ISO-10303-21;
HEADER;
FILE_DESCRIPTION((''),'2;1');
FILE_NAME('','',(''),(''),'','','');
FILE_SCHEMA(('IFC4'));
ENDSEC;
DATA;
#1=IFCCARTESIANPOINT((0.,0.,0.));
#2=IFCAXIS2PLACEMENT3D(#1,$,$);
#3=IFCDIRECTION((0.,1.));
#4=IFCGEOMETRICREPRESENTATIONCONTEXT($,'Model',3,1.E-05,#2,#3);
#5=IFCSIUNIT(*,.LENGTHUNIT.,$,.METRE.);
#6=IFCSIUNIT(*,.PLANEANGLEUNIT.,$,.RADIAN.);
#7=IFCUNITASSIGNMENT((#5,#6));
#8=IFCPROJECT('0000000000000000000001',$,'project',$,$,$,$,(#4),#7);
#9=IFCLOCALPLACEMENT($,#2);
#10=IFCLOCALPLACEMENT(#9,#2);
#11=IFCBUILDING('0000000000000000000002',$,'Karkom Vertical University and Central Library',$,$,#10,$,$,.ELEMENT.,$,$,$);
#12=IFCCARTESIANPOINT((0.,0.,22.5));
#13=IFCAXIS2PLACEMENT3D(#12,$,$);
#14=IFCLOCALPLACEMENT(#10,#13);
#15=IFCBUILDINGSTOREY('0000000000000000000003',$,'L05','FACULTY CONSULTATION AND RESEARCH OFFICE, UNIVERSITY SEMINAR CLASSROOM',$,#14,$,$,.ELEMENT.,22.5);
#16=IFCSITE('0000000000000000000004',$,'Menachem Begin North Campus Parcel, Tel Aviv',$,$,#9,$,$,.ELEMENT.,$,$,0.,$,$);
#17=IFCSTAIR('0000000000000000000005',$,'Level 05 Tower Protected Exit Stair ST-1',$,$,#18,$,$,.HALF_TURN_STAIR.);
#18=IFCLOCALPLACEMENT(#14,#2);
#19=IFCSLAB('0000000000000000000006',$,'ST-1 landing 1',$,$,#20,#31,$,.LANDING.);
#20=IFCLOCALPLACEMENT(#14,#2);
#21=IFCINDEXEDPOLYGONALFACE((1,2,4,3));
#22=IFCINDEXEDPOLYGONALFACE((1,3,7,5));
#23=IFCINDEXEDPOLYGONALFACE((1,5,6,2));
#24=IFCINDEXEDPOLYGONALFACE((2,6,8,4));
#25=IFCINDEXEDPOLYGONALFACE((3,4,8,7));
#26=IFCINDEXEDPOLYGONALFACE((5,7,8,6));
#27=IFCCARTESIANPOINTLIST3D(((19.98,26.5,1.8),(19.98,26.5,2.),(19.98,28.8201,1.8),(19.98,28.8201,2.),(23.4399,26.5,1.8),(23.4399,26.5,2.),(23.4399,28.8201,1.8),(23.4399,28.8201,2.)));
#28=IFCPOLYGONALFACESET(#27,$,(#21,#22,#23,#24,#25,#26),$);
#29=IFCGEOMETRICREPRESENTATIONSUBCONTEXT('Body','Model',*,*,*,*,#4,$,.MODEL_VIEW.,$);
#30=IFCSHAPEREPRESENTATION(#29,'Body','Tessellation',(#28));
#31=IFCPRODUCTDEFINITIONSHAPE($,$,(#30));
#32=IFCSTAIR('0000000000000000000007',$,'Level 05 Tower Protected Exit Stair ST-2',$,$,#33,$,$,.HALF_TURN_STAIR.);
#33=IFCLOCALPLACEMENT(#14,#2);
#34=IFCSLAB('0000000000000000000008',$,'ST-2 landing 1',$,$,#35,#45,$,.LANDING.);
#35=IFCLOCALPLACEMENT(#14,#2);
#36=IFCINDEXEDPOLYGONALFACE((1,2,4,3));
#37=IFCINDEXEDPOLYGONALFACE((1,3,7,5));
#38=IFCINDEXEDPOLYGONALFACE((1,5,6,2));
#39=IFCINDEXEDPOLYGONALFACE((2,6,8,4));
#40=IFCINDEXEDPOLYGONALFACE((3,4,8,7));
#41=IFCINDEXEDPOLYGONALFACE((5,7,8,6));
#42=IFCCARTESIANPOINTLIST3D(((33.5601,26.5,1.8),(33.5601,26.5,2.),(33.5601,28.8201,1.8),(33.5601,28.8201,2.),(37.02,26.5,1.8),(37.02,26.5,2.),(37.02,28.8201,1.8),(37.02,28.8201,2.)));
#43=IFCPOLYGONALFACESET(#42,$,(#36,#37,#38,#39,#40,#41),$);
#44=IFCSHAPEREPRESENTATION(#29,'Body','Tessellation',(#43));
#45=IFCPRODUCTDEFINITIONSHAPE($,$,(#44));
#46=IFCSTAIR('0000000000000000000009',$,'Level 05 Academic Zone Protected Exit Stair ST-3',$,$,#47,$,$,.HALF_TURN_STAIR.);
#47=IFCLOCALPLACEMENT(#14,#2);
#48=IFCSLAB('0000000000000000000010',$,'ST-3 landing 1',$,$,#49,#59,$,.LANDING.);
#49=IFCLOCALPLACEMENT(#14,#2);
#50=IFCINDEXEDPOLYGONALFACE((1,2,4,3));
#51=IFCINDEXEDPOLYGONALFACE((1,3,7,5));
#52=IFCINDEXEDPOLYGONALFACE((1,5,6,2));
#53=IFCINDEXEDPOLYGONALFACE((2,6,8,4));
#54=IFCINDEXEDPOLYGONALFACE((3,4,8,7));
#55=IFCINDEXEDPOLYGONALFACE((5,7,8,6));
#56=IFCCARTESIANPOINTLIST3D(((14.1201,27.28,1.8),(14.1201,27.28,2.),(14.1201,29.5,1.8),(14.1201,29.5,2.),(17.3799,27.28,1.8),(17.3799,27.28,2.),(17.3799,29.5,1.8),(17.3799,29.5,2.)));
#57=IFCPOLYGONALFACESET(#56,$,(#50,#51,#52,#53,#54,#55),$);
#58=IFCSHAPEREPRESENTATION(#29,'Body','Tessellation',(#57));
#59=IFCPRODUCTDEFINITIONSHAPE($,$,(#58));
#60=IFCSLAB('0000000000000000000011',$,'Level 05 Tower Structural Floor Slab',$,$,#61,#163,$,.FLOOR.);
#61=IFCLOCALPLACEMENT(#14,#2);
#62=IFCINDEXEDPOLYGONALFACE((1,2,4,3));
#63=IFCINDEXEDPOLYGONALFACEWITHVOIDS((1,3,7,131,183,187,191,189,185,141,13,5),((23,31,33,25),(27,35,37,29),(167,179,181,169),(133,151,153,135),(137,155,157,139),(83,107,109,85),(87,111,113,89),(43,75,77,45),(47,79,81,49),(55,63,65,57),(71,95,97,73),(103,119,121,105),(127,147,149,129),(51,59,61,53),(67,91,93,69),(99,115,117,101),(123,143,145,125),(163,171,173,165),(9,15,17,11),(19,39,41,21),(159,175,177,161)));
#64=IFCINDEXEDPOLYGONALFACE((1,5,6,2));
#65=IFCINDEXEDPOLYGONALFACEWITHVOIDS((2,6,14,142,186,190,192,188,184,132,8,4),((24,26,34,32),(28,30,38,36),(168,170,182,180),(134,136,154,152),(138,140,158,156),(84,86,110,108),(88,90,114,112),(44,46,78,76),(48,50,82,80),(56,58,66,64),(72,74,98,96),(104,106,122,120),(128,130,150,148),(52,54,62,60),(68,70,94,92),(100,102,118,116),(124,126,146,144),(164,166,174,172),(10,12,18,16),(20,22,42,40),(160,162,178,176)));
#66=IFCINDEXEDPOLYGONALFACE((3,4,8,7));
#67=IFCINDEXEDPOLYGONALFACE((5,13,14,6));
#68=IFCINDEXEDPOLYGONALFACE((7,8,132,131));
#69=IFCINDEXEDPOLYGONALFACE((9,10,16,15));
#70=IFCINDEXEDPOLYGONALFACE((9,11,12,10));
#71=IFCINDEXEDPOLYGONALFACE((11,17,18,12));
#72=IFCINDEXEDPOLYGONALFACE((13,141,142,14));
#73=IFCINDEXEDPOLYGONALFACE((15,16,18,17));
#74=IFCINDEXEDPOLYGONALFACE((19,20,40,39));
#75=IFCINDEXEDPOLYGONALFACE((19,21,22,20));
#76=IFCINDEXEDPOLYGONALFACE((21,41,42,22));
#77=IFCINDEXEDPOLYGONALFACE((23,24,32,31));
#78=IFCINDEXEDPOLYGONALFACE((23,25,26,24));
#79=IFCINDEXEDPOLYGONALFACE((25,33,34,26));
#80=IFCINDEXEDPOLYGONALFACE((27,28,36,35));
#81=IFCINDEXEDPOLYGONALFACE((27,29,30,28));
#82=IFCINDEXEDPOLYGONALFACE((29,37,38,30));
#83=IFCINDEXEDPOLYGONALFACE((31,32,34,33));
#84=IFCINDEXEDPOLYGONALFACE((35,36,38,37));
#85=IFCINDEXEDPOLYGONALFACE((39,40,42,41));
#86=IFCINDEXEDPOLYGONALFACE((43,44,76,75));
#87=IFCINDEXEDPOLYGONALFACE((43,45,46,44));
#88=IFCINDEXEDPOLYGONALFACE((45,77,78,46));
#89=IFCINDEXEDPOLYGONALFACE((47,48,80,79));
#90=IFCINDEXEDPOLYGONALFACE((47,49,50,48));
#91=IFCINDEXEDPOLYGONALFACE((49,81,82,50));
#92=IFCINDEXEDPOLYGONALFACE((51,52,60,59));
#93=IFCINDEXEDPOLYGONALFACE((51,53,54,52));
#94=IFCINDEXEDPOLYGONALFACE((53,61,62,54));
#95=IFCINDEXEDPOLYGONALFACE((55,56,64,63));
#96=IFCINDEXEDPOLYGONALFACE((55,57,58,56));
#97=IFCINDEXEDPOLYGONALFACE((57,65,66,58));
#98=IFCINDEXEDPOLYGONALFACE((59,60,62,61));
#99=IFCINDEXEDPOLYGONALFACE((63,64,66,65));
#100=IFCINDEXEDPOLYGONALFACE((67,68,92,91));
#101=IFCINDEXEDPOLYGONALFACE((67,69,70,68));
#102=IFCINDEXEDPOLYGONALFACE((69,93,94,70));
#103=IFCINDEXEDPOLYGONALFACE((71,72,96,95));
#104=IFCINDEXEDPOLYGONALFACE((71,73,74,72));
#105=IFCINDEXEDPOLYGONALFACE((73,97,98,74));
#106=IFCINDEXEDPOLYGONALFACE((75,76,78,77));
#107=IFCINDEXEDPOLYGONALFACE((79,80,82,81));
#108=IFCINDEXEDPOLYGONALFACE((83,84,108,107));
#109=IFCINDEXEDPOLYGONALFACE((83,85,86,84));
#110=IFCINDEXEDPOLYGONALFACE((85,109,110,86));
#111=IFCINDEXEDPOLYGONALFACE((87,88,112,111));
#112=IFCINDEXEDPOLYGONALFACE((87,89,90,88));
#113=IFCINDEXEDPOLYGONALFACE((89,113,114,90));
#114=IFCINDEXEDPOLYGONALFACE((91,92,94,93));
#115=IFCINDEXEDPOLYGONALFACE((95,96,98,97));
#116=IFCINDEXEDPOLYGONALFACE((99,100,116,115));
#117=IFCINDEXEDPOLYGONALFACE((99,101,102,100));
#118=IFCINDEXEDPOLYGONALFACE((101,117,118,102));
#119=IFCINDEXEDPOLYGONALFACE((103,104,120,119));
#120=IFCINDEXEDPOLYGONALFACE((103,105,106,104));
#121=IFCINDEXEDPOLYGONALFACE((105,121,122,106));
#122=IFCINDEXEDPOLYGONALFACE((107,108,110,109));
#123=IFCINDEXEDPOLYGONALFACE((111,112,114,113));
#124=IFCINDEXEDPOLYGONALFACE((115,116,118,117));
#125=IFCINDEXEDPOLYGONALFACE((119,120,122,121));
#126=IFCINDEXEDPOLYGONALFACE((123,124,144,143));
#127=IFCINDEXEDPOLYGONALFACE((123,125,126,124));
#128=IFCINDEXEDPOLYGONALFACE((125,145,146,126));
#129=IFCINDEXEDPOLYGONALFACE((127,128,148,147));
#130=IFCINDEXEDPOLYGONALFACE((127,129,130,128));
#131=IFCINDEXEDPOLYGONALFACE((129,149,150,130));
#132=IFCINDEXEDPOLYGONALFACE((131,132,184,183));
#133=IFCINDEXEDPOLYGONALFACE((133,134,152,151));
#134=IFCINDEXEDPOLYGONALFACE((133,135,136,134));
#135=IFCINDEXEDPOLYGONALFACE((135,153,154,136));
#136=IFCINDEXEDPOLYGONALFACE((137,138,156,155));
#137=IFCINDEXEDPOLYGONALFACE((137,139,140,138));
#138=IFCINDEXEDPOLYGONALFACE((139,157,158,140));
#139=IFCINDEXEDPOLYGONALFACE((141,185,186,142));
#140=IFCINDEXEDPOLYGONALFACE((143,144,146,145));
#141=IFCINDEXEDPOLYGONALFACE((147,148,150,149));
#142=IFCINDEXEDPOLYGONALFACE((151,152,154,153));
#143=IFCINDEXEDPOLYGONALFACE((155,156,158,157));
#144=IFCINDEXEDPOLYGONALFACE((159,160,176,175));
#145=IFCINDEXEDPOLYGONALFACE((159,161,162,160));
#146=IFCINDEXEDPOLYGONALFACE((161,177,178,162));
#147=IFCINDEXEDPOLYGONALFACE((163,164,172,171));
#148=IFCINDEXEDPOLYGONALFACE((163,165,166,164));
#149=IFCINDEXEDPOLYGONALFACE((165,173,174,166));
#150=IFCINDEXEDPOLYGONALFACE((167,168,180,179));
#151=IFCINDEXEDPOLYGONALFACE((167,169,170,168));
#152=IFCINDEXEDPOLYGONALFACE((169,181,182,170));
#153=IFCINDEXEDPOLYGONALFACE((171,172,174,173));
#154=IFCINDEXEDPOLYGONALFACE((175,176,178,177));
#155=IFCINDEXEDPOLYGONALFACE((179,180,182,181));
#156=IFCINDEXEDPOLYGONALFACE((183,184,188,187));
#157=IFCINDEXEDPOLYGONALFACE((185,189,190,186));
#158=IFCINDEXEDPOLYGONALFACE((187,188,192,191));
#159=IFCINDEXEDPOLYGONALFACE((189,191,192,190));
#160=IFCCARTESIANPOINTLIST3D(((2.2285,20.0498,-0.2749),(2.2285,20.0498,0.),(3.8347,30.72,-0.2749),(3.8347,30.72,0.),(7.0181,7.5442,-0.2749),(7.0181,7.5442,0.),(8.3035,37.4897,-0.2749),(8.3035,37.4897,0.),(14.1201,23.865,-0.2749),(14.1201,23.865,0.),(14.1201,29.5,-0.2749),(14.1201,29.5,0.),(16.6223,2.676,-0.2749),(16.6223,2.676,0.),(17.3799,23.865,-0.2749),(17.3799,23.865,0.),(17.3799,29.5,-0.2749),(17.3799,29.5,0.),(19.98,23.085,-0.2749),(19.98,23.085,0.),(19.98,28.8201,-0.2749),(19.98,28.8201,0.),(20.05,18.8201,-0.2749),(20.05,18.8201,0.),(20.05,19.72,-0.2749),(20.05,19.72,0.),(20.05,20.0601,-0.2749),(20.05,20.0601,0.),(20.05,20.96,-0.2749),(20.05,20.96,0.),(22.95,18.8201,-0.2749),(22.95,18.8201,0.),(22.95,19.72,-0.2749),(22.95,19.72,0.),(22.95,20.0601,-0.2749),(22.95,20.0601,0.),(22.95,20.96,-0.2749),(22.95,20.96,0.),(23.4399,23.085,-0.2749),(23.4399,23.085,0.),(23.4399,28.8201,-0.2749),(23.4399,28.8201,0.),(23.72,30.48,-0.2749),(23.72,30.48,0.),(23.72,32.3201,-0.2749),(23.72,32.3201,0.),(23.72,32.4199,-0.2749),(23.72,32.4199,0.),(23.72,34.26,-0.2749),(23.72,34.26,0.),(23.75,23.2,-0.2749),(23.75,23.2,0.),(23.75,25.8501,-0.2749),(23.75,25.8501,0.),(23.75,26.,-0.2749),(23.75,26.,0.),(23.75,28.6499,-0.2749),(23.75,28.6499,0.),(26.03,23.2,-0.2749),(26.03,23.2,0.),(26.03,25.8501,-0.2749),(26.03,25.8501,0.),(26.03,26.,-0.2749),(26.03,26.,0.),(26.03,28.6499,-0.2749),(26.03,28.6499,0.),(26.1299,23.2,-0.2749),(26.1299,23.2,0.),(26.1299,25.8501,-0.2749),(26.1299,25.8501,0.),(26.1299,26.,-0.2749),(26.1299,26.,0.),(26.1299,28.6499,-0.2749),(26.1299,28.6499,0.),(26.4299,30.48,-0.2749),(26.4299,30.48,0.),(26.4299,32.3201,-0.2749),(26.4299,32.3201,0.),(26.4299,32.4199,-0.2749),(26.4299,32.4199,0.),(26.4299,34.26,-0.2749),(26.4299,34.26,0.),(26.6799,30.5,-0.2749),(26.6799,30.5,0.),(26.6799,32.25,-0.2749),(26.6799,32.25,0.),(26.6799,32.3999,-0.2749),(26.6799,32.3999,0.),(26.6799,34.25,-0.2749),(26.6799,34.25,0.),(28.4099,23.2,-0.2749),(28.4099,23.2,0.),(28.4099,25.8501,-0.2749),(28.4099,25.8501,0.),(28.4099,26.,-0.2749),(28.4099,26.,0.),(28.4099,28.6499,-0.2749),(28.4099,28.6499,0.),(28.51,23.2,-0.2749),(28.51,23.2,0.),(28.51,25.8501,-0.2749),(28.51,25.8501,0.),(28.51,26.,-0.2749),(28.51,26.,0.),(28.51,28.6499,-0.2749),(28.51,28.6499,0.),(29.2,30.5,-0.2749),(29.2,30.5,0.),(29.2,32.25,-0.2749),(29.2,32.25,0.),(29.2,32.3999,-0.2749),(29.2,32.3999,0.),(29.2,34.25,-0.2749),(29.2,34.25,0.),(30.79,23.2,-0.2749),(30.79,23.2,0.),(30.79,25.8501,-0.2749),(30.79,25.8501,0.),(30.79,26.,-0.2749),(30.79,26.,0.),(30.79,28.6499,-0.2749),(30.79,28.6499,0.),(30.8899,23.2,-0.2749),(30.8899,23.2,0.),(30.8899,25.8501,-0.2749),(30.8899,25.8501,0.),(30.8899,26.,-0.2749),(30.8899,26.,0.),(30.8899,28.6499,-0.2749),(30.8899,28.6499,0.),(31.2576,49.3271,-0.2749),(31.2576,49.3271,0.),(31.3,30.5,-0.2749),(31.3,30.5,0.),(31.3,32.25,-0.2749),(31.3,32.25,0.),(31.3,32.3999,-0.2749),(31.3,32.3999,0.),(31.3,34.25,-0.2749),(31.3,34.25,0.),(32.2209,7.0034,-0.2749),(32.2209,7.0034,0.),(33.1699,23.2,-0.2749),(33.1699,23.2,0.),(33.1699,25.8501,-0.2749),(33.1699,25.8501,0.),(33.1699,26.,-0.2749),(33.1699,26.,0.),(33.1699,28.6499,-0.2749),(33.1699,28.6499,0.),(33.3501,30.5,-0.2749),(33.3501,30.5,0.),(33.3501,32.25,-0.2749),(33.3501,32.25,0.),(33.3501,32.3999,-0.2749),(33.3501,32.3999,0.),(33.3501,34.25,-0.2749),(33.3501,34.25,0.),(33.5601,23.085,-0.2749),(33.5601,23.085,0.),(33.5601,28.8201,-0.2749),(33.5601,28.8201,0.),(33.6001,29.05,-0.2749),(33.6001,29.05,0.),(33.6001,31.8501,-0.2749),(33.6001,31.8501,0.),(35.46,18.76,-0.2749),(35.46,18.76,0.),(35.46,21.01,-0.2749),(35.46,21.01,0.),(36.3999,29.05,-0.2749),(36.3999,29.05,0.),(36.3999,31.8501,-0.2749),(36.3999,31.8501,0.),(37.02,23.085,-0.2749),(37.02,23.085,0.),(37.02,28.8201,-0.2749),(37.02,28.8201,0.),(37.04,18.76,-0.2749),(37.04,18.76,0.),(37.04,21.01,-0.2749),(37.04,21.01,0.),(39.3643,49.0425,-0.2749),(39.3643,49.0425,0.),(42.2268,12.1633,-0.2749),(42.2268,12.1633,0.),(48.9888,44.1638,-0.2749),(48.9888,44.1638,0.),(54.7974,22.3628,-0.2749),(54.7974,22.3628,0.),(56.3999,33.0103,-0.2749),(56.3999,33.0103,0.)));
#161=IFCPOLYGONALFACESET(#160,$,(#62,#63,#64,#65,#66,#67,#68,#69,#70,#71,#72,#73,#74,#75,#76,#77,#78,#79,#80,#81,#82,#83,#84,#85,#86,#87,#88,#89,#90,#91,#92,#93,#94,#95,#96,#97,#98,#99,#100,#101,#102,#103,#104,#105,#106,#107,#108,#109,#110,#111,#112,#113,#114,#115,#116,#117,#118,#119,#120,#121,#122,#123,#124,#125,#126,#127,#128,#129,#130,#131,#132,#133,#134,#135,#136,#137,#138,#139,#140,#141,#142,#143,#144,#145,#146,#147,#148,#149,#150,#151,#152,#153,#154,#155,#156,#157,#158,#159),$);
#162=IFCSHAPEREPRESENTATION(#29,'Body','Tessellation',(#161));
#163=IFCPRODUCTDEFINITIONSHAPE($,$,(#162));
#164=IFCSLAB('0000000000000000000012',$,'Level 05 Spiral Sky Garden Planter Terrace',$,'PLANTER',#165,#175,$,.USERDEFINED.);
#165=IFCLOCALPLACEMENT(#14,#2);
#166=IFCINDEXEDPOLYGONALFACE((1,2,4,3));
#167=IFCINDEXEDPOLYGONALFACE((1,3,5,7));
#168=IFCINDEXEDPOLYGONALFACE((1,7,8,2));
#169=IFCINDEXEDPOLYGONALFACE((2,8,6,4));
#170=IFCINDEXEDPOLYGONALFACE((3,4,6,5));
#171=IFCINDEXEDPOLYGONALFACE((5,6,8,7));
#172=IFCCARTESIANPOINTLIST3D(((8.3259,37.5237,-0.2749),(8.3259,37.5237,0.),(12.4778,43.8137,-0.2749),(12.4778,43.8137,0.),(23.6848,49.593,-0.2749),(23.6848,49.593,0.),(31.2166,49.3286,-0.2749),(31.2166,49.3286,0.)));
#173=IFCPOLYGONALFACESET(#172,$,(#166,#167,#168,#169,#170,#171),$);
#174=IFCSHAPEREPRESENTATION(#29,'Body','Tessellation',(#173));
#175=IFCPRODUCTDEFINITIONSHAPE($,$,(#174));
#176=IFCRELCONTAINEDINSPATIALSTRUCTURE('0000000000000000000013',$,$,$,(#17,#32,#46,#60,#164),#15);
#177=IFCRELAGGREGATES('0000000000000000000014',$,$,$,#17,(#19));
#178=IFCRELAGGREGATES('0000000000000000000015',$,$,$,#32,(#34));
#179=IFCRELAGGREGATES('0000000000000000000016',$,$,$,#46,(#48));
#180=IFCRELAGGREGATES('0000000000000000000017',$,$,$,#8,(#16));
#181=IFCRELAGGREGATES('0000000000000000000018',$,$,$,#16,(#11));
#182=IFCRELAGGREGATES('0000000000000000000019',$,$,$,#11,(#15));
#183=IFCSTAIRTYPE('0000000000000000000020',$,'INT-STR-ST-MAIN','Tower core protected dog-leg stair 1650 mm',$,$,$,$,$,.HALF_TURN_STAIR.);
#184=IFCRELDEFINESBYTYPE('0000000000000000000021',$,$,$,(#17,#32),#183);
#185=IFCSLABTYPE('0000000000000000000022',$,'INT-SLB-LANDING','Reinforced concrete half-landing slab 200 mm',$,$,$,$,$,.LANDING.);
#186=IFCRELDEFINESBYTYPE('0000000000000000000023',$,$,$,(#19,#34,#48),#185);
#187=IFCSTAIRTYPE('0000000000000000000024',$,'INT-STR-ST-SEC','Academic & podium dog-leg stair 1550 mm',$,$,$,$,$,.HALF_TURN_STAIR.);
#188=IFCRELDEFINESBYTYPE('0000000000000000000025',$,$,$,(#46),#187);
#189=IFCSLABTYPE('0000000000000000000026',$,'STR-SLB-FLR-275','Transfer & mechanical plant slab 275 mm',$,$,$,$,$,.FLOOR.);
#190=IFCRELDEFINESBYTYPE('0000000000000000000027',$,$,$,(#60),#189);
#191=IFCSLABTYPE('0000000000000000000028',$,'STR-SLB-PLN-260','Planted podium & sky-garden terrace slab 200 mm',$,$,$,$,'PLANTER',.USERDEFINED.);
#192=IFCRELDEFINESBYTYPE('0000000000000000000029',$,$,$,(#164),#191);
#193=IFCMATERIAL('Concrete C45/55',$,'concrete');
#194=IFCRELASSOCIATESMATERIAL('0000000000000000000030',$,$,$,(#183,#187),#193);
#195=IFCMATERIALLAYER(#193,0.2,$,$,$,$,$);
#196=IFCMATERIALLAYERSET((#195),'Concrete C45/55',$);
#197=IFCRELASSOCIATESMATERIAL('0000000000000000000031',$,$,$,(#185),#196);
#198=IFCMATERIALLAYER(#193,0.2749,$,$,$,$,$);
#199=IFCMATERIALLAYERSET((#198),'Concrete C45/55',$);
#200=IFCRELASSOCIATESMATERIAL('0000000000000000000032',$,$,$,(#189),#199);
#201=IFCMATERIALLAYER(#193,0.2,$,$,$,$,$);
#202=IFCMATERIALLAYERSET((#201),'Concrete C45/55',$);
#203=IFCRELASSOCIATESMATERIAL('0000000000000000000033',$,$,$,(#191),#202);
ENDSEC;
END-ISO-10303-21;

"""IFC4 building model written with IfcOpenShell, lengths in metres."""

from ifc_helpers import new_model, si_unit, direction, frame, origin, place, context, subcontext, project, spatial, polyline, outline, extrude, material, layer, layer_set, type_object, element, aggregate, save


model = new_model("IFC4")

# Units and contexts
model_context = context("Model", 3, precision=1e-05, world=origin(), true_north=direction((0.0, 1.0)))
body_context = subcontext(model_context, "Body", "Model", "MODEL_VIEW")
ifc_project = project(units=[si_unit("LENGTHUNIT", "METRE"), si_unit("PLANEANGLEUNIT", "RADIAN")], contexts=[model_context])

# Site, building, storey
site_placement = place(None, origin())
site = spatial("IfcSite", under=ifc_project, at=site_placement, Name="Menachem Begin North Campus Parcel, Tel Aviv", CompositionType="ELEMENT", RefElevation=0.0)
building_placement = place(site_placement, origin())
building = spatial("IfcBuilding", under=site, at=building_placement, Name="Karkom Vertical University and Central Library", CompositionType="ELEMENT")
storey_placement = place(building_placement, frame((0.0, 0.0, 22.5)))
storey = spatial("IfcBuildingStorey", under=building, at=storey_placement, Name="L05", Description="FACULTY CONSULTATION AND RESEARCH OFFICE, UNIVERSITY SEMINAR CLASSROOM", CompositionType="ELEMENT", Elevation=22.5)

# Stairs, slabs
ifc_material_1 = material(Name="Concrete C45/55", Category="concrete")
stair_type_1 = type_object("IfcStairType", Name="INT-STR-ST-MAIN", Description="Tower core protected dog-leg stair 1650 mm", PredefinedType="HALF_TURN_STAIR", material=ifc_material_1)
stair_1_placement = place(storey_placement, origin())
stair_1 = element("IfcStair", 1, at=stair_1_placement, inside=storey, type_object=stair_type_1, Name="Level 05 Tower Protected Exit Stair ST-1", PredefinedType="HALF_TURN_STAIR")
ifc_layer_1 = layer(ifc_material_1, 0.2)
ifc_layer_set_1 = layer_set([ifc_layer_1], Name="Concrete C45/55")
slab_type_1 = type_object("IfcSlabType", Name="INT-SLB-LANDING", Description="Reinforced concrete half-landing slab 200 mm", PredefinedType="LANDING", material=ifc_layer_set_1)
slab_1_placement = place(storey_placement, frame((0.0, 0.0, 1.8)))
slab_1 = element("IfcSlab", 2, at=slab_1_placement, type_object=slab_type_1, Name="ST-1 landing 1", PredefinedType="LANDING", context=body_context, shape_type="SweptSolid", body=[
    extrude(outline(polyline([(23.4399, 26.5), (23.4399, 28.8201), (19.98, 28.8201), (19.98, 26.5), (23.4399, 26.5)])), origin(), (0.0, 0.0, 1.0), 0.2),
])
aggregate(stair_1, [slab_1])
stair_2_placement = place(storey_placement, origin())
stair_2 = element("IfcStair", 3, at=stair_2_placement, inside=storey, type_object=stair_type_1, Name="Level 05 Tower Protected Exit Stair ST-2", PredefinedType="HALF_TURN_STAIR")
slab_2_placement = place(storey_placement, frame((0.0, 0.0, 1.8)))
slab_2 = element("IfcSlab", 4, at=slab_2_placement, type_object=slab_type_1, Name="ST-2 landing 1", PredefinedType="LANDING", context=body_context, shape_type="SweptSolid", body=[
    extrude(outline(polyline([(37.02, 26.5), (37.02, 28.8201), (33.5601, 28.8201), (33.5601, 26.5), (37.02, 26.5)])), origin(), (0.0, 0.0, 1.0), 0.2),
])
aggregate(stair_2, [slab_2])
stair_type_2 = type_object("IfcStairType", Name="INT-STR-ST-SEC", Description="Academic & podium dog-leg stair 1550 mm", PredefinedType="HALF_TURN_STAIR", material=ifc_material_1)
stair_3_placement = place(storey_placement, origin())
stair_3 = element("IfcStair", 5, at=stair_3_placement, inside=storey, type_object=stair_type_2, Name="Level 05 Academic Zone Protected Exit Stair ST-3", PredefinedType="HALF_TURN_STAIR")
slab_3_placement = place(storey_placement, frame((0.0, 0.0, 1.8)))
slab_3 = element("IfcSlab", 6, at=slab_3_placement, type_object=slab_type_1, Name="ST-3 landing 1", PredefinedType="LANDING", context=body_context, shape_type="SweptSolid", body=[
    extrude(outline(polyline([(17.3799, 27.28), (17.3799, 29.5), (14.1201, 29.5), (14.1201, 27.28), (17.3799, 27.28)])), origin(), (0.0, 0.0, 1.0), 0.2),
])
aggregate(stair_3, [slab_3])

# Slabs
ifc_layer_2 = layer(ifc_material_1, 0.2749)
ifc_layer_set_2 = layer_set([ifc_layer_2], Name="Concrete C45/55")
slab_type_2 = type_object("IfcSlabType", Name="STR-SLB-FLR-275", Description="Transfer & mechanical plant slab 275 mm", PredefinedType="FLOOR", material=ifc_layer_set_2)
slab_4_placement = place(storey_placement, frame((0.0, 0.0, -0.2749)))
element("IfcSlab", 7, at=slab_4_placement, inside=storey, type_object=slab_type_2, Name="Level 05 Tower Structural Floor Slab", PredefinedType="FLOOR", context=body_context, shape_type="SweptSolid", body=[
    extrude(outline(polyline([(8.3035, 37.4897), (3.8347, 30.72), (2.2285, 20.0498), (7.0181, 7.5442), (16.6223, 2.676), (32.2209, 7.0034), (42.2268, 12.1633), (54.7974, 22.3628), (56.3999, 33.0103), (48.9888, 44.1638), (39.3643, 49.0425), (31.2576, 49.3271), (8.3035, 37.4897)]), holes=[polyline([(19.98, 23.085), (23.4399, 23.085), (23.4399, 28.8201), (19.98, 28.8201), (19.98, 23.085)]), polyline([(33.5601, 23.085), (37.02, 23.085), (37.02, 28.8201), (33.5601, 28.8201), (33.5601, 23.085)]), polyline([(14.1201, 23.865), (17.3799, 23.865), (17.3799, 29.5), (14.1201, 29.5), (14.1201, 23.865)]), polyline([(23.75, 23.2), (26.03, 23.2), (26.03, 25.8501), (23.75, 25.8501), (23.75, 23.2)]), polyline([(26.1299, 23.2), (28.4099, 23.2), (28.4099, 25.8501), (26.1299, 25.8501), (26.1299, 23.2)]), polyline([(28.51, 23.2), (30.79, 23.2), (30.79, 25.8501), (28.51, 25.8501), (28.51, 23.2)]), polyline([(30.8899, 23.2), (33.1699, 23.2), (33.1699, 25.8501), (30.8899, 25.8501), (30.8899, 23.2)]), polyline([(23.75, 26.0), (26.03, 26.0), (26.03, 28.6499), (23.75, 28.6499), (23.75, 26.0)]), polyline([(26.1299, 26.0), (28.4099, 26.0), (28.4099, 28.6499), (26.1299, 28.6499), (26.1299, 26.0)]), polyline([(28.51, 26.0), (30.79, 26.0), (30.79, 28.6499), (28.51, 28.6499), (28.51, 26.0)]), polyline([(30.8899, 26.0), (33.1699, 26.0), (33.1699, 28.6499), (30.8899, 28.6499), (30.8899, 26.0)]), polyline([(26.6799, 30.5), (29.2, 30.5), (29.2, 32.25), (26.6799, 32.25), (26.6799, 30.5)]), polyline([(26.6799, 32.3999), (29.2, 32.3999), (29.2, 34.25), (26.6799, 34.25), (26.6799, 32.3999)]), polyline([(31.3, 30.5), (33.3501, 30.5), (33.3501, 32.25), (31.3, 32.25), (31.3, 30.5)]), polyline([(31.3, 32.3999), (33.3501, 32.3999), (33.3501, 34.25), (31.3, 34.25), (31.3, 32.3999)]), polyline([(23.72, 30.48), (26.4299, 30.48), (26.4299, 32.3201), (23.72, 32.3201), (23.72, 30.48)]), polyline([(23.72, 32.4199), (26.4299, 32.4199), (26.4299, 34.26), (23.72, 34.26), (23.72, 32.4199)]), polyline([(33.6001, 29.05), (36.3999, 29.05), (36.3999, 31.8501), (33.6001, 31.8501), (33.6001, 29.05)]), polyline([(20.05, 18.8201), (22.95, 18.8201), (22.95, 19.72), (20.05, 19.72), (20.05, 18.8201)]), polyline([(20.05, 20.0601), (22.95, 20.0601), (22.95, 20.96), (20.05, 20.96), (20.05, 20.0601)]), polyline([(35.46, 18.76), (37.04, 18.76), (37.04, 21.01), (35.46, 21.01), (35.46, 18.76)])]), origin(), (0.0, 0.0, 1.0), 0.2749),
])
ifc_layer_3 = layer(ifc_material_1, 0.2)
ifc_layer_set_3 = layer_set([ifc_layer_3], Name="Concrete C45/55")
slab_type_3 = type_object("IfcSlabType", Name="STR-SLB-PLN-260", Description="Planted podium & sky-garden terrace slab 200 mm", ElementType="PLANTER", PredefinedType="USERDEFINED", material=ifc_layer_set_3)
slab_5_placement = place(storey_placement, frame((0.0, 0.0, -0.2749)))
element("IfcSlab", 8, at=slab_5_placement, inside=storey, type_object=slab_type_3, Name="Level 05 Spiral Sky Garden Planter Terrace", ObjectType="PLANTER", PredefinedType="USERDEFINED", context=body_context, shape_type="SweptSolid", body=[
    extrude(outline(polyline([(12.4778, 43.8137), (23.6848, 49.593), (31.2166, 49.3286), (8.3259, 37.5237), (12.4778, 43.8137)])), origin(), (0.0, 0.0, 1.0), 0.2749),
])

save(model, "model.ifc")
